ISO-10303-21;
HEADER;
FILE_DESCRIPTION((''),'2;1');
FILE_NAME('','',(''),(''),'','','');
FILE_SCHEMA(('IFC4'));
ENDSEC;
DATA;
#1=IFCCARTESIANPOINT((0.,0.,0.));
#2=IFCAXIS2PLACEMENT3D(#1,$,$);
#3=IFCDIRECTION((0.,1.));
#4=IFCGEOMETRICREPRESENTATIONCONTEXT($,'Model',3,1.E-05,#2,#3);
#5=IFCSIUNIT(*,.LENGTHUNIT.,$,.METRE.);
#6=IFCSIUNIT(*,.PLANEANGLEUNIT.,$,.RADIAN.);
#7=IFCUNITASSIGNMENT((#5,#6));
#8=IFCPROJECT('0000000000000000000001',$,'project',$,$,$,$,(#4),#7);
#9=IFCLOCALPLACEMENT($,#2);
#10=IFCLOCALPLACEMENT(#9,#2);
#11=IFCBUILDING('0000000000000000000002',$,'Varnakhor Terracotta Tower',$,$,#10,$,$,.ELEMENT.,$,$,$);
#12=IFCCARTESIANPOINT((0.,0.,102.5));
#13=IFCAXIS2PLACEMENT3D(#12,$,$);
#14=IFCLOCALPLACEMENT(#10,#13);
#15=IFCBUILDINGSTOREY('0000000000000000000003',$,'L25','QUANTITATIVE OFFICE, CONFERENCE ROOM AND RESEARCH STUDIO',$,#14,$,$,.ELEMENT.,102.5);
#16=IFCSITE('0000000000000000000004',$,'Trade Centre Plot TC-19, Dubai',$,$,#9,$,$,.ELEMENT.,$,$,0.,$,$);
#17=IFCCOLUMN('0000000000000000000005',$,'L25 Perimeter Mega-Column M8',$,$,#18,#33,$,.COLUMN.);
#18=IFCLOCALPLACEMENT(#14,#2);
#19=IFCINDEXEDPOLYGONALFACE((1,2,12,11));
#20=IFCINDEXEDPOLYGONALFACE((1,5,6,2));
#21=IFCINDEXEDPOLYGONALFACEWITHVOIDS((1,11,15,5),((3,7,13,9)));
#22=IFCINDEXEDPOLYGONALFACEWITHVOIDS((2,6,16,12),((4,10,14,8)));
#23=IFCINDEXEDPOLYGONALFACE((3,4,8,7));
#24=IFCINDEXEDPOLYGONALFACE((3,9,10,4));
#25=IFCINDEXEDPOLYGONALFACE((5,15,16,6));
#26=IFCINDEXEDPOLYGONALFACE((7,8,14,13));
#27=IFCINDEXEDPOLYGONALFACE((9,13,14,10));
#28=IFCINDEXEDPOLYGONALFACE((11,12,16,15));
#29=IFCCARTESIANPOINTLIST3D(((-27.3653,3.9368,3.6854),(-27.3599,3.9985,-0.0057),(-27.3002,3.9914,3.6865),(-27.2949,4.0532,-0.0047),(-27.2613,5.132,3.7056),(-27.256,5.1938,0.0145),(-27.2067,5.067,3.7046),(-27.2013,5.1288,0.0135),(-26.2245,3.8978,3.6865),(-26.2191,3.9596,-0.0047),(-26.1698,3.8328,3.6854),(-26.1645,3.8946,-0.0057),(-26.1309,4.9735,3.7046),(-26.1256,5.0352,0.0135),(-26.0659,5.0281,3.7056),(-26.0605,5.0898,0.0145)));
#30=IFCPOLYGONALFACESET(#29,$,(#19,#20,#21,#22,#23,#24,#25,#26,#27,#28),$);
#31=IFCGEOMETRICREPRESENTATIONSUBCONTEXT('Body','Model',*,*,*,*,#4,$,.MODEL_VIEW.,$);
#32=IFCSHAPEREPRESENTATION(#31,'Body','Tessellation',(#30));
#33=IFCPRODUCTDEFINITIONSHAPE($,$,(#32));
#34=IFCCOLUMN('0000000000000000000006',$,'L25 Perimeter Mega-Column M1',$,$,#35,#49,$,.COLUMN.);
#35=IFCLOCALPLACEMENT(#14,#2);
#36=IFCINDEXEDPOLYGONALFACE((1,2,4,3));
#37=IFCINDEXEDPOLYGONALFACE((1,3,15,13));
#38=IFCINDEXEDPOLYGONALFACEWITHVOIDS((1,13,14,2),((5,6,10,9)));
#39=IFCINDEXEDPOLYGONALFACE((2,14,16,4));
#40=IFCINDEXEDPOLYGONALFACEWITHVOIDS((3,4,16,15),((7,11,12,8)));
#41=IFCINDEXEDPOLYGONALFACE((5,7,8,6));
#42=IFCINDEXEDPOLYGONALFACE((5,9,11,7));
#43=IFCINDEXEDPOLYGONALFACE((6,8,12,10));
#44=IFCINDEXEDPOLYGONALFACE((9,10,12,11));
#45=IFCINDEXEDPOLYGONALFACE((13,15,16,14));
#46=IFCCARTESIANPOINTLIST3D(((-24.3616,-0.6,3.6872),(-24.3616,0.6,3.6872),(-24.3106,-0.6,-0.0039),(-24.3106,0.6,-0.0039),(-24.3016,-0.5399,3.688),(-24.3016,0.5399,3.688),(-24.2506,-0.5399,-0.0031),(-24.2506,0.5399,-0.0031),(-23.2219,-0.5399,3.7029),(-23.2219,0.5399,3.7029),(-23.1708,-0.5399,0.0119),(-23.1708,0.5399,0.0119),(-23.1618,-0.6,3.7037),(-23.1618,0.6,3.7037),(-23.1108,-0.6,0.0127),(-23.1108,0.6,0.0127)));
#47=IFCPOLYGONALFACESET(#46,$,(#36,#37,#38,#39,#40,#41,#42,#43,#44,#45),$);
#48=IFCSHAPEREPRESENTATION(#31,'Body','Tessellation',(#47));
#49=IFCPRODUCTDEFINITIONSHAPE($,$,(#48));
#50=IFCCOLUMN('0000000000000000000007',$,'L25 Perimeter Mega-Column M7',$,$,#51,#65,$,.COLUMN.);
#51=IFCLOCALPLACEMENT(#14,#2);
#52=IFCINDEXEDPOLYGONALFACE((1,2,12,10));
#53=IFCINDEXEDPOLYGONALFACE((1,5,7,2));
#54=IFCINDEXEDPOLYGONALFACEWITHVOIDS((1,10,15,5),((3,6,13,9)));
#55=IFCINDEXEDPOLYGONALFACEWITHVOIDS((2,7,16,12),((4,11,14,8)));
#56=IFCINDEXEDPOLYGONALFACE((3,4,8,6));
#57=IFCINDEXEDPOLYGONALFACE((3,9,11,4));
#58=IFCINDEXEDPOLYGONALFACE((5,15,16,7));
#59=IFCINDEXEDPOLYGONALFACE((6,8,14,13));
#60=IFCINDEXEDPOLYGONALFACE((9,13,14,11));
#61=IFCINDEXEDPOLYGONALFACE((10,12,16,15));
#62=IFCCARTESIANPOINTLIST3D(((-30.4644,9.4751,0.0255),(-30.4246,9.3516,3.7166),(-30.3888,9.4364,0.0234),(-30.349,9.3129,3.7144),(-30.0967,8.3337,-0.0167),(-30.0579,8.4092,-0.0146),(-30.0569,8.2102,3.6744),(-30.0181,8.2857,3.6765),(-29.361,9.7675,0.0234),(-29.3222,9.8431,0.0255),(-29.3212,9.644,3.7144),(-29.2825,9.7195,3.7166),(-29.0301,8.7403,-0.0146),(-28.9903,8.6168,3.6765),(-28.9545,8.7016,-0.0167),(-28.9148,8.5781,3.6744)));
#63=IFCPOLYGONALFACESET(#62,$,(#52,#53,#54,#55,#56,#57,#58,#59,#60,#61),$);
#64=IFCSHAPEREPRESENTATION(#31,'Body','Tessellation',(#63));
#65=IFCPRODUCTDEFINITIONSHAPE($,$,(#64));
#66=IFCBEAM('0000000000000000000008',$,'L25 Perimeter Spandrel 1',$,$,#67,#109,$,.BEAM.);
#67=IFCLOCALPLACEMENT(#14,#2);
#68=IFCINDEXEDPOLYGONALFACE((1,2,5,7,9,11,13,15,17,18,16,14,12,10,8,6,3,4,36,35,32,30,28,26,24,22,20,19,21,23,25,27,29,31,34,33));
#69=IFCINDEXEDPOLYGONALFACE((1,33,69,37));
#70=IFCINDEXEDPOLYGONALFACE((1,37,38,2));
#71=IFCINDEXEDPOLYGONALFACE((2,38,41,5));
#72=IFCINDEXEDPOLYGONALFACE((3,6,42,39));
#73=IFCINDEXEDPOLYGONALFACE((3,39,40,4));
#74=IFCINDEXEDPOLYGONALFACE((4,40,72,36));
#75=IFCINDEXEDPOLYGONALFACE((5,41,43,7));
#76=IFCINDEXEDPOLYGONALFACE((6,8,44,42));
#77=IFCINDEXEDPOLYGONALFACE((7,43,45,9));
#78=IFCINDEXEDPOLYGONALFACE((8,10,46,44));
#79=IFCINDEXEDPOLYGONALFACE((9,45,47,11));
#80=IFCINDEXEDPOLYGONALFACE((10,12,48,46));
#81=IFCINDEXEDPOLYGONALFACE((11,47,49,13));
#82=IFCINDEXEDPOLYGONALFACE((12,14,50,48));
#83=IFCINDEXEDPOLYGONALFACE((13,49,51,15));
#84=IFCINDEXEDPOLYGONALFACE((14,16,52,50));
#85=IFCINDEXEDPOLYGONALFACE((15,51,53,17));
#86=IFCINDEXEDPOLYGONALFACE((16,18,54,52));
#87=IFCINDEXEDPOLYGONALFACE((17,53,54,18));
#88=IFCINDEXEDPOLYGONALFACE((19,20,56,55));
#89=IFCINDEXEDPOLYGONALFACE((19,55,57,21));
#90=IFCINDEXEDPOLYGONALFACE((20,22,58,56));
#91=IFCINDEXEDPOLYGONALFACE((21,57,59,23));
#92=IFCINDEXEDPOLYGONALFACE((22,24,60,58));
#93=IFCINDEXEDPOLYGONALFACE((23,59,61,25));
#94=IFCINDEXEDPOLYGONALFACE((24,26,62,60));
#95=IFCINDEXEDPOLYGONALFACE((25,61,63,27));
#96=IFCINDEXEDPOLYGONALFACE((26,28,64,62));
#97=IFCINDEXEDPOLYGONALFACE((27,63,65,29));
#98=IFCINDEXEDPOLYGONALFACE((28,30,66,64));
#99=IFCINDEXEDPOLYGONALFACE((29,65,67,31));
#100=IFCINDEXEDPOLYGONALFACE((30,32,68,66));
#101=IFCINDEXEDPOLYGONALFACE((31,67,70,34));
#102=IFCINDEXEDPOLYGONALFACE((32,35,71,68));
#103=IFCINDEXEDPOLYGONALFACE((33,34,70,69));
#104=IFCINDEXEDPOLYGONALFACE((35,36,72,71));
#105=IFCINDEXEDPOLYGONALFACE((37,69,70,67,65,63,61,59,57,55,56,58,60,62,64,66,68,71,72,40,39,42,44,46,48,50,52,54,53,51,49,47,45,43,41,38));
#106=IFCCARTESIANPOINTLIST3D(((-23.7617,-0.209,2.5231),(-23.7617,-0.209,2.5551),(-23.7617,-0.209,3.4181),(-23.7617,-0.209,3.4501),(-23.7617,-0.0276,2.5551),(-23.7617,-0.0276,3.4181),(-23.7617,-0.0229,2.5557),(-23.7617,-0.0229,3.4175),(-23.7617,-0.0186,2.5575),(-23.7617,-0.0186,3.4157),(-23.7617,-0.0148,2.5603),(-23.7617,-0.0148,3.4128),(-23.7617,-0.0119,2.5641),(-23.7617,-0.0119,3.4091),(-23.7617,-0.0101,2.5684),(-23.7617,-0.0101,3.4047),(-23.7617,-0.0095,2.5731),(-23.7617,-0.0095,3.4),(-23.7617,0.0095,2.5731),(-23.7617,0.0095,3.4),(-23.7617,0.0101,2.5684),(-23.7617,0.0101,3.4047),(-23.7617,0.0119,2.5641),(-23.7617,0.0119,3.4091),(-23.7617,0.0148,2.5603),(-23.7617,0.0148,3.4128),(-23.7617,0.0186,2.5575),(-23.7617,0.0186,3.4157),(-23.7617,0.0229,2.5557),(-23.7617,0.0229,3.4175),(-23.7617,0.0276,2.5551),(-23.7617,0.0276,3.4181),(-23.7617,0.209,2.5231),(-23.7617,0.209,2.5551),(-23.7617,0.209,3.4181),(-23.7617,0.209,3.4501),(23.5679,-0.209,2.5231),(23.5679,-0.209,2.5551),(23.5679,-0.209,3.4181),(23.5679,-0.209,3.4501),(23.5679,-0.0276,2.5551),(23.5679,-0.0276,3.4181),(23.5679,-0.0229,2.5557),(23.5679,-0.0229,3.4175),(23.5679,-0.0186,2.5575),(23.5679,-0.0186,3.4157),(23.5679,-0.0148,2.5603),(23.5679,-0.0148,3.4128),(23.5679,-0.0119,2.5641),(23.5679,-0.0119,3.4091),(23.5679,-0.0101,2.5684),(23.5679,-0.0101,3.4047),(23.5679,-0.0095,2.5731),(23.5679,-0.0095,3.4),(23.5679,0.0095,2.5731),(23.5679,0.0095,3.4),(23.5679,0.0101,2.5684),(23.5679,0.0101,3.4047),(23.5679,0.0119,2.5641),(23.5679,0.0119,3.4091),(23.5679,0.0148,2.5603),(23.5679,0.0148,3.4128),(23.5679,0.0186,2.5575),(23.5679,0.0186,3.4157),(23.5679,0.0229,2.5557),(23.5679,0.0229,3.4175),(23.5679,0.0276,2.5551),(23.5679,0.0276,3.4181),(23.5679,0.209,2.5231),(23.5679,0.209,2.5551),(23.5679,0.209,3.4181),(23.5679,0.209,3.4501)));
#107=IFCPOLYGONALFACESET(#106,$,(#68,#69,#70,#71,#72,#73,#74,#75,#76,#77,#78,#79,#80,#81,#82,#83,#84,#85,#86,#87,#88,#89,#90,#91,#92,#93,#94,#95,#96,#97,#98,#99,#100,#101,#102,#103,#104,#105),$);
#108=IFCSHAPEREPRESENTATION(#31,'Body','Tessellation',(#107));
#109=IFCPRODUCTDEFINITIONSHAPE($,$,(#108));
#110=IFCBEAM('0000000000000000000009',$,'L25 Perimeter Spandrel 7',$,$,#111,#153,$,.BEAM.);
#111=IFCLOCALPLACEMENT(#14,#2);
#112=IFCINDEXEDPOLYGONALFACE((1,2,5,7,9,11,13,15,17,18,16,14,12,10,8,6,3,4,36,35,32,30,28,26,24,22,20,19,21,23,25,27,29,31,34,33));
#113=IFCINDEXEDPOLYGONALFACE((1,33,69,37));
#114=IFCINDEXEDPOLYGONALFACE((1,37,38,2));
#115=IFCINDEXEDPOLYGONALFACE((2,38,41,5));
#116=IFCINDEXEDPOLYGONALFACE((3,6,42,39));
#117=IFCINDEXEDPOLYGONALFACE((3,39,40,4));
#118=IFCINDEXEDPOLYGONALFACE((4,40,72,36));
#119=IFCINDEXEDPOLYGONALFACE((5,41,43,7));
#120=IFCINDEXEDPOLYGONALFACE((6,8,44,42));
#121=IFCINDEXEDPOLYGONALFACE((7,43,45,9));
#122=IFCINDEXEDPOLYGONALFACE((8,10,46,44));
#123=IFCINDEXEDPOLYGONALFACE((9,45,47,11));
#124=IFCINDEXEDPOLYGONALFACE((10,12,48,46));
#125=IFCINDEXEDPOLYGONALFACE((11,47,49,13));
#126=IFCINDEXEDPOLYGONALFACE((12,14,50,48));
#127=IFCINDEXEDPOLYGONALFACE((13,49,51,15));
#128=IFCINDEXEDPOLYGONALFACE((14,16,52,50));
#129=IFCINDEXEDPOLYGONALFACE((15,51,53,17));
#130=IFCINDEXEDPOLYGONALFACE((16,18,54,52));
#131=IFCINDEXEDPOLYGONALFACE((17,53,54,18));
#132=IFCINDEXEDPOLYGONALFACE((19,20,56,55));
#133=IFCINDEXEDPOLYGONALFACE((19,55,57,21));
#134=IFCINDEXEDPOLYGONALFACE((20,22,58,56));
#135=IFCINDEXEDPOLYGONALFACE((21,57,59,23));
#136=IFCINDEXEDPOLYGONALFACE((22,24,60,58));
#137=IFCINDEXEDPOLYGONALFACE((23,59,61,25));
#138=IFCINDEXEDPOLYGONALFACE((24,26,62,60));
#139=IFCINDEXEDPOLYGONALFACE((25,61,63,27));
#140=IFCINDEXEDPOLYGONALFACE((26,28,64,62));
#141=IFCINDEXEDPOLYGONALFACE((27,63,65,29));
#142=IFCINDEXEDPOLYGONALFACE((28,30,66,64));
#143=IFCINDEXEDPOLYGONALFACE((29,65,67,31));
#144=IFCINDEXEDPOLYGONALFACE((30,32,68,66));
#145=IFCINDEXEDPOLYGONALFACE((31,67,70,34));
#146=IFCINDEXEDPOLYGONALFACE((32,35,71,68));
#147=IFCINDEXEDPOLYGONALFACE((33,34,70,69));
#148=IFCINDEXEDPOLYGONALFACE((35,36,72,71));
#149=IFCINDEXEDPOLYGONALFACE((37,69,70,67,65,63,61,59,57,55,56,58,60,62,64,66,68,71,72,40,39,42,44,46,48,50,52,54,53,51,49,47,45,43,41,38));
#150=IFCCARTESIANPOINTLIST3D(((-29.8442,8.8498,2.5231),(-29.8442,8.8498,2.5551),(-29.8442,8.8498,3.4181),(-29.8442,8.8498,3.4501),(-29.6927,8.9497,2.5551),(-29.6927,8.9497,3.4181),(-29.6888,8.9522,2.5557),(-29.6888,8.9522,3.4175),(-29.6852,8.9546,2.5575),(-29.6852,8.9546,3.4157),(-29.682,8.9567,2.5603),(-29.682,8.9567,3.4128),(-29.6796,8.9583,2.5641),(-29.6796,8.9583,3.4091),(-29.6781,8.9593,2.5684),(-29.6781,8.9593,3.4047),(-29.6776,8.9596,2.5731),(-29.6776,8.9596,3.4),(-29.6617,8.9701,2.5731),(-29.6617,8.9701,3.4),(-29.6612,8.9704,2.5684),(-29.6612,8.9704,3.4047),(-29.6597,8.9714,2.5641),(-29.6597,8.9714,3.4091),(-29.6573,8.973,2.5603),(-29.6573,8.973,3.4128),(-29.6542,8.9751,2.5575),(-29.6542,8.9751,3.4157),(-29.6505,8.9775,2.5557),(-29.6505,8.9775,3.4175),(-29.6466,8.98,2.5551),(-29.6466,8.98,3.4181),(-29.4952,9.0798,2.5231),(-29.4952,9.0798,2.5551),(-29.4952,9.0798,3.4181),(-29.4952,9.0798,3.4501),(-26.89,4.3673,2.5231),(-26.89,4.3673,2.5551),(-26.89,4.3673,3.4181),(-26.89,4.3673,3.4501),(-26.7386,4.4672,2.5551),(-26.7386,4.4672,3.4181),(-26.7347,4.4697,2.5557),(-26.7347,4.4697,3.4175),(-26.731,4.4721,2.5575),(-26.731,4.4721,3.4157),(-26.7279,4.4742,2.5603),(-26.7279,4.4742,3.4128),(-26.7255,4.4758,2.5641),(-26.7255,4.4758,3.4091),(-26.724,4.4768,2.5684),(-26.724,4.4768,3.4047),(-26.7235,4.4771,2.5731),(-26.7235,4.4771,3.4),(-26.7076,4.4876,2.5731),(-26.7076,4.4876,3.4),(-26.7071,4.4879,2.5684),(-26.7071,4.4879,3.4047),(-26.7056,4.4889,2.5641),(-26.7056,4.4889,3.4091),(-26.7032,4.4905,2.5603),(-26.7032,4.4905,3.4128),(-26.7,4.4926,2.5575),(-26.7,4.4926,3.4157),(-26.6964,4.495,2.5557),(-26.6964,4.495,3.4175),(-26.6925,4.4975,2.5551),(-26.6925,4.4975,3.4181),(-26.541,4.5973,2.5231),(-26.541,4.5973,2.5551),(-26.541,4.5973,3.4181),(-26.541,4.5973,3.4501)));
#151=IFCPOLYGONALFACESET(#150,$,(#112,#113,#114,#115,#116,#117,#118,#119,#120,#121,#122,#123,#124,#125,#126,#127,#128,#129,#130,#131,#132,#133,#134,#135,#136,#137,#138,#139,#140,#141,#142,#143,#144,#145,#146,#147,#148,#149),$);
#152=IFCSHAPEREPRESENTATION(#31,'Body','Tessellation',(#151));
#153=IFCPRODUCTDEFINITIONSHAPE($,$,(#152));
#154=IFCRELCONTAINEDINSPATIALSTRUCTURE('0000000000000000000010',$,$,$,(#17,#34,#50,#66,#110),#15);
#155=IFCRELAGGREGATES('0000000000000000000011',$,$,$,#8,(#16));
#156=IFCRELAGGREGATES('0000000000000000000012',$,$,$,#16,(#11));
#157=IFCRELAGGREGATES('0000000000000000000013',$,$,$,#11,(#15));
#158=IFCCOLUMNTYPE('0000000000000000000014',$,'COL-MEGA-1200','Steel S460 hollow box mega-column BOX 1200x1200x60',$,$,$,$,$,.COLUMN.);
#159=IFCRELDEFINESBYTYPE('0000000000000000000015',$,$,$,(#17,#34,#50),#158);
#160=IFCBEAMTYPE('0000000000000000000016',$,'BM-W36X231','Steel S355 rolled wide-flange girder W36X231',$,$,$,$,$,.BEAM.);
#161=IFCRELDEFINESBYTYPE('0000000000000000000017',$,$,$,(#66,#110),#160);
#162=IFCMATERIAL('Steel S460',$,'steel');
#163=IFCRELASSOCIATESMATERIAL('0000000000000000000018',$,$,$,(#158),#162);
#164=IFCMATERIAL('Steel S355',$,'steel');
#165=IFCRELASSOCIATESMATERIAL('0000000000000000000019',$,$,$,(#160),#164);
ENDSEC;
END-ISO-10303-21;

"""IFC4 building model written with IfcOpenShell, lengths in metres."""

from ifc_helpers import new_model, si_unit, direction, frame, origin, origin_2d, place, context, subcontext, project, spatial, hollow_rectangle, i_section, extrude, source, transform, mapped, material, material_profile, profile_set, type_object, type_shapes, element, save


model = new_model("IFC4")

# Units and contexts
model_context = context("Model", 3, precision=1e-05, world=origin(), true_north=direction((0.0, 1.0)))
body_context = subcontext(model_context, "Body", "Model", "MODEL_VIEW")
ifc_project = project(units=[si_unit("LENGTHUNIT", "METRE"), si_unit("PLANEANGLEUNIT", "RADIAN")], contexts=[model_context])

# Site, building, storey
site_placement = place(None, origin())
site = spatial("IfcSite", under=ifc_project, at=site_placement, Name="Trade Centre Plot TC-19, Dubai", CompositionType="ELEMENT", RefElevation=0.0)
building_placement = place(site_placement, origin())
building = spatial("IfcBuilding", under=site, at=building_placement, Name="Varnakhor Terracotta Tower", CompositionType="ELEMENT")
storey_placement = place(building_placement, frame((0.0, 0.0, 102.5)))
storey = spatial("IfcBuildingStorey", under=building, at=storey_placement, Name="L25", Description="QUANTITATIVE OFFICE, CONFERENCE ROOM AND RESEARCH STUDIO", CompositionType="ELEMENT", Elevation=102.5)

# Columns
ifc_material_1 = material(Name="Steel S460", Category="steel")
ifc_material_profile_1 = material_profile(ifc_material_1, hollow_rectangle(XDim=1.2, YDim=1.2, WallThickness=0.0601, at=origin_2d()), Name="BOX 1200x1200x60")
ifc_profile_set_1 = profile_set([ifc_material_profile_1], Name="Steel S460")
column_type = type_object("IfcColumnType", Name="COL-MEGA-1200", Description="Steel S460 hollow box mega-column BOX 1200x1200x60", PredefinedType="COLUMN", material=ifc_profile_set_1)
shared_shape_1 = source(origin(), body_context, "Body", "SweptSolid", [
    extrude(hollow_rectangle(XDim=1.2, YDim=1.2, WallThickness=0.0601, at=origin_2d()), origin(), (0.0, 0.0, 1.0), 3.6917),
])
type_shapes(column_type, [shared_shape_1])
column_1_placement = place(storey_placement, frame((-26.7102, 4.5442, 0.0044), z_axis=(-0.001455, -0.016732, 0.999859), x_axis=(0.996241, -0.08663, 0.0)))
element("IfcColumn", 1, at=column_1_placement, inside=storey, type_object=column_type, Name="L25 Perimeter Mega-Column M8", PredefinedType="COLUMN", context=body_context, shape_type="MappedRepresentation", body=[
    mapped(shared_shape_1, transform((0.0, 0.0, 0.0), scale=1.0)),
])
shared_shape_2 = source(origin(), body_context, "Body", "SweptSolid", [
    extrude(hollow_rectangle(XDim=1.2, YDim=1.2, WallThickness=0.0601, at=origin_2d()), origin(), (0.0, 0.0, 1.0), 3.6914),
])
column_2_placement = place(storey_placement, frame((-23.7107, 0.0, 0.0044), z_axis=(-0.013822, 0.0, 0.999904), x_axis=(0.0, -1.0, 0.0)))
element("IfcColumn", 2, at=column_2_placement, inside=storey, type_object=column_type, Name="L25 Perimeter Mega-Column M1", PredefinedType="COLUMN", context=body_context, shape_type="MappedRepresentation", body=[
    mapped(shared_shape_2, transform((0.0, 0.0, 0.0), scale=1.0)),
])
shared_shape_3 = source(origin(), body_context, "Body", "SweptSolid", [
    extrude(hollow_rectangle(XDim=1.2, YDim=1.2, WallThickness=0.0601, at=origin_2d()), origin(), (0.0, 0.0, 1.0), 3.6934),
])
column_3_placement = place(storey_placement, frame((-29.7095, 9.0884, 0.0044), z_axis=(0.010774, -0.033447, 0.999382), x_axis=(0.951833, 0.306618, 0.0)))
element("IfcColumn", 3, at=column_3_placement, inside=storey, type_object=column_type, Name="L25 Perimeter Mega-Column M7", PredefinedType="COLUMN", context=body_context, shape_type="MappedRepresentation", body=[
    mapped(shared_shape_3, transform((0.0, 0.0, 0.0), scale=1.0)),
])

# Beams
ifc_material_2 = material(Name="Steel S355", Category="steel")
ifc_material_profile_2 = material_profile(ifc_material_2, i_section(OverallWidth=0.418, OverallDepth=0.927, WebThickness=0.019, FlangeThickness=0.032, FilletRadius=0.0181, at=origin_2d()), Name="W36X231")
ifc_profile_set_2 = profile_set([ifc_material_profile_2], Name="Steel S355")
beam_type_1 = type_object("IfcBeamType", Name="BM-W36X231", Description="Steel S355 rolled wide-flange girder W36X231", PredefinedType="BEAM", material=ifc_profile_set_2)
shared_shape_4 = source(origin(), body_context, "Body", "SweptSolid", [
    extrude(i_section(OverallWidth=0.418, OverallDepth=0.927, WebThickness=0.019, FlangeThickness=0.032, FilletRadius=0.0181, at=origin_2d()), origin(), (0.0, 0.0, 1.0), 47.3296),
])
beam_1_placement = place(storey_placement, frame((-23.7617, 0.0, 2.9866), z_axis=(1.0, 0.0, 0.0), x_axis=(0.0, 1.0, 0.0)))
element("IfcBeam", 4, at=beam_1_placement, inside=storey, type_object=beam_type_1, Name="L25 Perimeter Spandrel 1", PredefinedType="BEAM", context=body_context, shape_type="MappedRepresentation", body=[
    mapped(shared_shape_4, transform((0.0, 0.0, 0.0), scale=1.0)),
])
shared_shape_5 = source(origin(), body_context, "Body", "SweptSolid", [
    extrude(i_section(OverallWidth=0.418, OverallDepth=0.927, WebThickness=0.019, FlangeThickness=0.032, FilletRadius=0.0181, at=origin_2d()), origin(), (0.0, 0.0, 1.0), 5.3684),
])
beam_2_placement = place(storey_placement, frame((-29.6697, 8.9648, 2.9866), z_axis=(0.550285, -0.834977, 0.0), x_axis=(0.834977, 0.550285, 0.0)))
element("IfcBeam", 5, at=beam_2_placement, inside=storey, type_object=beam_type_1, Name="L25 Perimeter Spandrel 7", PredefinedType="BEAM", context=body_context, shape_type="MappedRepresentation", body=[
    mapped(shared_shape_5, transform((0.0, 0.0, 0.0), scale=1.0)),
])

save(model, "model.ifc")
